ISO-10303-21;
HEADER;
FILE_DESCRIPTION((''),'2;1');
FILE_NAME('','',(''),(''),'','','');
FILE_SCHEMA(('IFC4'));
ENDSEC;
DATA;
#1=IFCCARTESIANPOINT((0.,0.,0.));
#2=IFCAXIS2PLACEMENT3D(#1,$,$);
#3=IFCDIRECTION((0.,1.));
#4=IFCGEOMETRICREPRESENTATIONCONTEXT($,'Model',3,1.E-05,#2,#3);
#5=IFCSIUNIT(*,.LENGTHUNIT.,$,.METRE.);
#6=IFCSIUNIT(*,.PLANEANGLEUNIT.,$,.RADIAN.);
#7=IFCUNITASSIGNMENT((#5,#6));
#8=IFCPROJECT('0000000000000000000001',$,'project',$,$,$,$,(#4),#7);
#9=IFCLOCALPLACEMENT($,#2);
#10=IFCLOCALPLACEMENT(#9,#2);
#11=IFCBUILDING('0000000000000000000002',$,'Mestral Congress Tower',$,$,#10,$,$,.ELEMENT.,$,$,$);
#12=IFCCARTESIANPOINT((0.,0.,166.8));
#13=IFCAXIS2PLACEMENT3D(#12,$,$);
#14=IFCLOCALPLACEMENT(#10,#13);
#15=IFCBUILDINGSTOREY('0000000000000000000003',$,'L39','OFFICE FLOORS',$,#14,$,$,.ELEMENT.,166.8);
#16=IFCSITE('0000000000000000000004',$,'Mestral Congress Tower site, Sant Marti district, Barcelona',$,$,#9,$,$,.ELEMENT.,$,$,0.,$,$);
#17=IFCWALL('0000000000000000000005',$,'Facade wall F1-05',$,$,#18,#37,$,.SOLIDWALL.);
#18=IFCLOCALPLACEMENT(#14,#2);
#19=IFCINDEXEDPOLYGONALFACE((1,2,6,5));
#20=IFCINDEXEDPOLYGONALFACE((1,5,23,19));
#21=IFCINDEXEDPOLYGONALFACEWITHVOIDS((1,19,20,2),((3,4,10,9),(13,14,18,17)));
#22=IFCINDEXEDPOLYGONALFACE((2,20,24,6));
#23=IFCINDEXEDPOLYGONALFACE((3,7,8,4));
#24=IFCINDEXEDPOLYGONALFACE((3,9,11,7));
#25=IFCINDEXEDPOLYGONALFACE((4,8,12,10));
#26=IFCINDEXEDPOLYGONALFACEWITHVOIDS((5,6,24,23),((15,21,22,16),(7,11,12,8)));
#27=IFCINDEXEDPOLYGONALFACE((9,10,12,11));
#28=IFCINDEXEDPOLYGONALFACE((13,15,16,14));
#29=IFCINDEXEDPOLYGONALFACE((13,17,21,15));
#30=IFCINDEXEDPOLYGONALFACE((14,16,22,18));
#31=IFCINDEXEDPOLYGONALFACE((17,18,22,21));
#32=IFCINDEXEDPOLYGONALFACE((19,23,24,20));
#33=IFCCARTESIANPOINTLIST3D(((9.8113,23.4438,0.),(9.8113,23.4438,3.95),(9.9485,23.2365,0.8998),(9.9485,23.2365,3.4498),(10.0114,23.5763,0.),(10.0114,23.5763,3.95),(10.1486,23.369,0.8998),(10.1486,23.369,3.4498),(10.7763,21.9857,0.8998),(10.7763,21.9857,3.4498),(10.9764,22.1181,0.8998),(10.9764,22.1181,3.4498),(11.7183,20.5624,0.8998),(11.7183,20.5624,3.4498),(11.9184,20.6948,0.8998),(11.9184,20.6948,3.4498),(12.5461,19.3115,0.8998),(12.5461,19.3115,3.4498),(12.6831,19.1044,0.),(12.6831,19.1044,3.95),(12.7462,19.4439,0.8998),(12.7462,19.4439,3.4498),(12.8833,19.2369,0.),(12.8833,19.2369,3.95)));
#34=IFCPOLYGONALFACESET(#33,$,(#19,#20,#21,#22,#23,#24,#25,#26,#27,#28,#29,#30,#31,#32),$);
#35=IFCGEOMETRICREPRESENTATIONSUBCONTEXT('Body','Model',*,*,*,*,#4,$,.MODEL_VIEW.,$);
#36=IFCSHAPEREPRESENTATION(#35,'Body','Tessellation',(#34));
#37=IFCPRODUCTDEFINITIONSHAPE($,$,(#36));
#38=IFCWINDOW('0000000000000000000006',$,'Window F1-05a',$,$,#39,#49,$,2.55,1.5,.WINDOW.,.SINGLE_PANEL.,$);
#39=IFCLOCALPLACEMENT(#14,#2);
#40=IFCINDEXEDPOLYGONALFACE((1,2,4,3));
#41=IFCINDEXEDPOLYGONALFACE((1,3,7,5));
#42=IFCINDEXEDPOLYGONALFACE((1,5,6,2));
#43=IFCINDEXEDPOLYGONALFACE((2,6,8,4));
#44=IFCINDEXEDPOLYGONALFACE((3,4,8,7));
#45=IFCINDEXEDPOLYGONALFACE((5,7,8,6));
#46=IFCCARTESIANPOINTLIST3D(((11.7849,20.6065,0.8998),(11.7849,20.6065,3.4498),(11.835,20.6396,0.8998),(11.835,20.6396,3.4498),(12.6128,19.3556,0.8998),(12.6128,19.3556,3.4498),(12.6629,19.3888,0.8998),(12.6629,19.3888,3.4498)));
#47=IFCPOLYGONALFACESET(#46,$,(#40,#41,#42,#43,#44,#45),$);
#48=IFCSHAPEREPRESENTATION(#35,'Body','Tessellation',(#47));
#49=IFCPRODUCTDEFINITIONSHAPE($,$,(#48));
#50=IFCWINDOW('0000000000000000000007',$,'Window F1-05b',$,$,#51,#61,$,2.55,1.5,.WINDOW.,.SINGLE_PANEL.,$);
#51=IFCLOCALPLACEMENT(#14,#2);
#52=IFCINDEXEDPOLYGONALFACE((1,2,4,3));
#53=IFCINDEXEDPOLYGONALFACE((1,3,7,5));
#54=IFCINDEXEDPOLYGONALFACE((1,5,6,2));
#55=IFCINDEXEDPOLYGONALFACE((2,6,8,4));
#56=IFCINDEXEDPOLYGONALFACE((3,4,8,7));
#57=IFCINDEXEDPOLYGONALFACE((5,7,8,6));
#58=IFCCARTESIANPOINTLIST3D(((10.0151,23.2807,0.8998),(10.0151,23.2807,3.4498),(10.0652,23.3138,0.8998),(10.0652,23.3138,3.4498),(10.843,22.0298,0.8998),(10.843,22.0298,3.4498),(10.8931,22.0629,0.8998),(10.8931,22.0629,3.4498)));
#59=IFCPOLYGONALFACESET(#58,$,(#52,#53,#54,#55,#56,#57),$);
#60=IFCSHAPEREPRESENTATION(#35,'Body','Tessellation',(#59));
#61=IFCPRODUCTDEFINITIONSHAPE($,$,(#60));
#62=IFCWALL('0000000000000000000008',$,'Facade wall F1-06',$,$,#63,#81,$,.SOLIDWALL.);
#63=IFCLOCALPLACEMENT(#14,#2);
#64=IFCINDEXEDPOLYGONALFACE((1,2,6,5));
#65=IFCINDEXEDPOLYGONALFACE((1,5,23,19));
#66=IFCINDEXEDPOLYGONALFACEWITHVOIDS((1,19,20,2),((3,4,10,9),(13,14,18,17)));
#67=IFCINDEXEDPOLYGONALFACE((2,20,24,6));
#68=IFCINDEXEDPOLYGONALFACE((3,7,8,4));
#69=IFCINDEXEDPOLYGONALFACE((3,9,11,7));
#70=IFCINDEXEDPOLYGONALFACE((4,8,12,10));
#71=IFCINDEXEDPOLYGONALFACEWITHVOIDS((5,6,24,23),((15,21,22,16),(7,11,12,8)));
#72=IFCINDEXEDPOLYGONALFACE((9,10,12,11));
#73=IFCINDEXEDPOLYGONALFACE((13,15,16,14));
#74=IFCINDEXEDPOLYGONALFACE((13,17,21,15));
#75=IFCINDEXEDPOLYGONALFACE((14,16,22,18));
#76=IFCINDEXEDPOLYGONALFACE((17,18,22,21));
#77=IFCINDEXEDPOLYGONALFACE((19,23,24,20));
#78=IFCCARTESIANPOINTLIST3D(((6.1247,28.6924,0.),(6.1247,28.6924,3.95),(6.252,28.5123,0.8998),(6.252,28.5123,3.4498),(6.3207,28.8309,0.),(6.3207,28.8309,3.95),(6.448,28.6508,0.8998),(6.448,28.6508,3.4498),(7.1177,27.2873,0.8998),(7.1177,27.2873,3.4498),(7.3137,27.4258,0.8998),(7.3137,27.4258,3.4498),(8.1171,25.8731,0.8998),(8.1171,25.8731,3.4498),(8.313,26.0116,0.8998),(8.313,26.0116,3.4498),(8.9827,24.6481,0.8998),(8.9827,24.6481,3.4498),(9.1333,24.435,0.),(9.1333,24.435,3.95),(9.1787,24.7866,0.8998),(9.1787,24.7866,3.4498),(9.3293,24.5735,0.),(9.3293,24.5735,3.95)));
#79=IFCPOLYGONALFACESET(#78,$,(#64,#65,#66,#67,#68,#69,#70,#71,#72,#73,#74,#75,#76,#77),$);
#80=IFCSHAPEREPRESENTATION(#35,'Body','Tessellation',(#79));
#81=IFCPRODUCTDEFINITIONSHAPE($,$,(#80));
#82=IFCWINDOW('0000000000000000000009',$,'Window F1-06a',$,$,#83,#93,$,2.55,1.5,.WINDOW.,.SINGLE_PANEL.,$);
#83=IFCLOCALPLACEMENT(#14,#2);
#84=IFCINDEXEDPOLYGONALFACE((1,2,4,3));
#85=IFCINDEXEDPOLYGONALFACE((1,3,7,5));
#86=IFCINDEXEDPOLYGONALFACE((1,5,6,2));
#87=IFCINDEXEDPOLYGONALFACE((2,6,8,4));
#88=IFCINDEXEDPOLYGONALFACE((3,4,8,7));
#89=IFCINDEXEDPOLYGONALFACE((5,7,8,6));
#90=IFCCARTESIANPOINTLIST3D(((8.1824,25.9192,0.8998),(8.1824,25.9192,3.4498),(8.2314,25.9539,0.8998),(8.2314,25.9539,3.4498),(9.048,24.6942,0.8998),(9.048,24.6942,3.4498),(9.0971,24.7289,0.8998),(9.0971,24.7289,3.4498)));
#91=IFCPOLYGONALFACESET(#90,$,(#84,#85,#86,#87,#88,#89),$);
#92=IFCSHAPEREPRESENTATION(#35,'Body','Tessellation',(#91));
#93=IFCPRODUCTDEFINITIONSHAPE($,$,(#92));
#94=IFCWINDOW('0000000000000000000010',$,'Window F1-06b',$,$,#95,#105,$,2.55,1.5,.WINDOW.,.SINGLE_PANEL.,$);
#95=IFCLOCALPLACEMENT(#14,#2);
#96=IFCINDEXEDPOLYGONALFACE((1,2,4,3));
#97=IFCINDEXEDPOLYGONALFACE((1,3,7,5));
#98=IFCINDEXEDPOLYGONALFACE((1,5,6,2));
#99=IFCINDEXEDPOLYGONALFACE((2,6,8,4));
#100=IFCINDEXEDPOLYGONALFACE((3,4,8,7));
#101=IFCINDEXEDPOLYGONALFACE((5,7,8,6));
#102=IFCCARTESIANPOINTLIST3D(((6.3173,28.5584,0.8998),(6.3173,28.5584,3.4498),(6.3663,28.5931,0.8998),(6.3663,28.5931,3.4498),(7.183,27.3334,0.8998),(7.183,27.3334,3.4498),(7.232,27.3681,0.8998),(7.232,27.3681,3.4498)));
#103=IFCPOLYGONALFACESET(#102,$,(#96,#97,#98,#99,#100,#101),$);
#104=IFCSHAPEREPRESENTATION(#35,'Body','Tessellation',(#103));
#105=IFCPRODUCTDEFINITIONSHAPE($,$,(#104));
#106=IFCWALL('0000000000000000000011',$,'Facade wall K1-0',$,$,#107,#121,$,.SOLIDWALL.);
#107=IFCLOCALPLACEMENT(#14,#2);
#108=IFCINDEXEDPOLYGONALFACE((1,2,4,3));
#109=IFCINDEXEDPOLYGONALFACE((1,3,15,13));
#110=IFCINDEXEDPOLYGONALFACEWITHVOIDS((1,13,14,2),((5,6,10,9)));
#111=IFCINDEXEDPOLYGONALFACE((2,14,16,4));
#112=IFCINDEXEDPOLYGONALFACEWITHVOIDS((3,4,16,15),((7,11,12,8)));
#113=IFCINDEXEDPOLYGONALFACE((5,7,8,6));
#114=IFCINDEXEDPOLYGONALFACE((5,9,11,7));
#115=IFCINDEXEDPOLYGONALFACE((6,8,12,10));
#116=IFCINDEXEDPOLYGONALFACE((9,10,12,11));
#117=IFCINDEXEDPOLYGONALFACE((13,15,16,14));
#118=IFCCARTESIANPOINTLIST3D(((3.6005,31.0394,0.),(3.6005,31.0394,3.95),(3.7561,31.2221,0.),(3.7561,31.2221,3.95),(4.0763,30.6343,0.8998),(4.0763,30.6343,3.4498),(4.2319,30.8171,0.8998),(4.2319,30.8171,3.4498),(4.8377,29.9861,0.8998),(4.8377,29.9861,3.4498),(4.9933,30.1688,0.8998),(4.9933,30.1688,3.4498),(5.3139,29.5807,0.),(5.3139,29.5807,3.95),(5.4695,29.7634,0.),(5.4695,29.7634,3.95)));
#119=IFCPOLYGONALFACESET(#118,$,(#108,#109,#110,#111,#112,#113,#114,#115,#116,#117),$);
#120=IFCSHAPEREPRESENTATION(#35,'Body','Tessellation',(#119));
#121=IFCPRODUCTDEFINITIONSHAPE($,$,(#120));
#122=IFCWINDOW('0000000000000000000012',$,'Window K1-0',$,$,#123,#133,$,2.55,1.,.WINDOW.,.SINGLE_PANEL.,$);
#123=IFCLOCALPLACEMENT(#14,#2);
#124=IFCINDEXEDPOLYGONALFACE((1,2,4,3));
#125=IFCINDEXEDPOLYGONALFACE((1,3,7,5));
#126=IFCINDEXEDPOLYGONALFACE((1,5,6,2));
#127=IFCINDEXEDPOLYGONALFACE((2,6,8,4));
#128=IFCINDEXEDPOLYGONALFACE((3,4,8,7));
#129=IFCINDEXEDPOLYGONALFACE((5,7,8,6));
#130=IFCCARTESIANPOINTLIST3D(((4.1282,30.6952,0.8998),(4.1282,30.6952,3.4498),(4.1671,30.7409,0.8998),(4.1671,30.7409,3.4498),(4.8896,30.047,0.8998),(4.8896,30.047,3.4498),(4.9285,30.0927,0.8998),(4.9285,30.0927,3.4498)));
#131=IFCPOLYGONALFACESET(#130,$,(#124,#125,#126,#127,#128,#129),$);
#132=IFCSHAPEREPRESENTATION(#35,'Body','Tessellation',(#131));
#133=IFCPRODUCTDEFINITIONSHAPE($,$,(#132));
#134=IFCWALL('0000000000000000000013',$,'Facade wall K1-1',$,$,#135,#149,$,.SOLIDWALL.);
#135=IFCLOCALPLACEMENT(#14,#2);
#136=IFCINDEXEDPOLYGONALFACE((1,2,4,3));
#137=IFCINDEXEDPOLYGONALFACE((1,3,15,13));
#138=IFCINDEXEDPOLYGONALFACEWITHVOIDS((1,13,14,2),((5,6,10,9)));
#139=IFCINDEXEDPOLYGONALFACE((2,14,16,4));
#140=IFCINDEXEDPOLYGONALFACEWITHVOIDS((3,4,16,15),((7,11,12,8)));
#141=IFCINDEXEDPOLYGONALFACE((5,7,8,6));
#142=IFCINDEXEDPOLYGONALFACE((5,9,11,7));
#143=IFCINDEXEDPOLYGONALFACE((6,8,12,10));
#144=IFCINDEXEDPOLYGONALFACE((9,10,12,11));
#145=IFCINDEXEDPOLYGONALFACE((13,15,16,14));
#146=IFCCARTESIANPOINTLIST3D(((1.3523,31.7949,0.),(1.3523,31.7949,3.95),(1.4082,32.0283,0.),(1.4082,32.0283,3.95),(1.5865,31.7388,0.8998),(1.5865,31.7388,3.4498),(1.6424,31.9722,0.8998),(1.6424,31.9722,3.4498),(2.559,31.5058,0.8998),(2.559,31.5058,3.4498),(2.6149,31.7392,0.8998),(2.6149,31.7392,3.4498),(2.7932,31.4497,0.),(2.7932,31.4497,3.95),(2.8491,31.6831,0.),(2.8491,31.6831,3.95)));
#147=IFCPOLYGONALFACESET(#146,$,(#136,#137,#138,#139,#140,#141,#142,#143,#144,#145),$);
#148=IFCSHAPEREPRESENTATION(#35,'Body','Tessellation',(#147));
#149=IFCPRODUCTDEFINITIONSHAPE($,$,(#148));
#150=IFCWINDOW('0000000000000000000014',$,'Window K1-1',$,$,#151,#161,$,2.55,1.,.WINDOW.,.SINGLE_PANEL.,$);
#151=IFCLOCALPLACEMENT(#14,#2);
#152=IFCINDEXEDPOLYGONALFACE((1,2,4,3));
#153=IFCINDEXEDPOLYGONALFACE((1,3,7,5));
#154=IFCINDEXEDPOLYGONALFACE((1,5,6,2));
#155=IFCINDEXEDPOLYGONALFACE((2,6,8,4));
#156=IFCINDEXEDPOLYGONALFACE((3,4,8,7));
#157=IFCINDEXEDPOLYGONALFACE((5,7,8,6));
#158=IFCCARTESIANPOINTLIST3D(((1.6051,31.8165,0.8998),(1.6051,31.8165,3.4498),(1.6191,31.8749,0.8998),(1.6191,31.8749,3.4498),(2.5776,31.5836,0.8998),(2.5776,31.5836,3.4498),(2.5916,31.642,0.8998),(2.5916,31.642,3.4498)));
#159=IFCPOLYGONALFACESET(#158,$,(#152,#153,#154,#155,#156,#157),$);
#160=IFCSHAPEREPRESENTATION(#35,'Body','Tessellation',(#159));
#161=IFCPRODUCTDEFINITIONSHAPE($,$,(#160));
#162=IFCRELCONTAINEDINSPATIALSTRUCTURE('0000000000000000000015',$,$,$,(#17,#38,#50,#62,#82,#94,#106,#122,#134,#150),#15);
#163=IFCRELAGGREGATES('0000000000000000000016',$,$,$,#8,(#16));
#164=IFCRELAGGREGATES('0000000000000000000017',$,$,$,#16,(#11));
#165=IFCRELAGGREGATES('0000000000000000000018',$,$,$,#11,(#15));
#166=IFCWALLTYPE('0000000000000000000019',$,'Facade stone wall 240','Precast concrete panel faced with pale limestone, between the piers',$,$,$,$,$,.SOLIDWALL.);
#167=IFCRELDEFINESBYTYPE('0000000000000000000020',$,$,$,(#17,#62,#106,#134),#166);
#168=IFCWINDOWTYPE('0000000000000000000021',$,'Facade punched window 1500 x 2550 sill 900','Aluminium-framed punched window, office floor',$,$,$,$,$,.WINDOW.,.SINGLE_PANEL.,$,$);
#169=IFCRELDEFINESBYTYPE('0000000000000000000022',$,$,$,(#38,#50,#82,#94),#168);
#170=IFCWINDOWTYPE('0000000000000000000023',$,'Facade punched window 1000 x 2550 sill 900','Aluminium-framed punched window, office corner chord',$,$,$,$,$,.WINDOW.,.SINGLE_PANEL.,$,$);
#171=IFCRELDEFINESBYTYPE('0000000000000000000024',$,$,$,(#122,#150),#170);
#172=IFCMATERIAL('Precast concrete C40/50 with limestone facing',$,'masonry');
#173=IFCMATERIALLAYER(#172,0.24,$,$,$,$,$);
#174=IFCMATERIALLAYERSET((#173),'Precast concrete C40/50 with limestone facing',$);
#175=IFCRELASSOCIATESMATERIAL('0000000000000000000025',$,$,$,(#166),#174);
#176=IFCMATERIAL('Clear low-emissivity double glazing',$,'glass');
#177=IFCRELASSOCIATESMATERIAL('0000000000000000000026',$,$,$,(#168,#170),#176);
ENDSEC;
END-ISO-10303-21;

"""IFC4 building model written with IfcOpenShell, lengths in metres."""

from ifc_helpers import new_model, si_unit, direction, frame, frame_2d, origin, place, context, subcontext, project, spatial, rectangle, extrude, material, layer, layer_set, type_object, element, fill, save


model = new_model("IFC4")

# Units and contexts
model_context = context("Model", 3, precision=1e-05, world=origin(), true_north=direction((0.0, 1.0)))
body_context = subcontext(model_context, "Body", "Model", "MODEL_VIEW")
ifc_project = project(units=[si_unit("LENGTHUNIT", "METRE"), si_unit("PLANEANGLEUNIT", "RADIAN")], contexts=[model_context])

# Site, building, storey
site_placement = place(None, origin())
site = spatial("IfcSite", under=ifc_project, at=site_placement, Name="Mestral Congress Tower site, Sant Marti district, Barcelona", CompositionType="ELEMENT", RefElevation=0.0)
building_placement = place(site_placement, origin())
building = spatial("IfcBuilding", under=site, at=building_placement, Name="Mestral Congress Tower", CompositionType="ELEMENT")
storey_placement = place(building_placement, frame((0.0, 0.0, 166.8)))
storey = spatial("IfcBuildingStorey", under=building, at=storey_placement, Name="L39", Description="OFFICE FLOORS", CompositionType="ELEMENT", Elevation=166.8)

# Walls, openings, windows
ifc_material_1 = material(Name="Precast concrete C40/50 with limestone facing", Category="masonry")
ifc_layer_1 = layer(ifc_material_1, 0.24)
ifc_layer_set_1 = layer_set([ifc_layer_1], Name="Precast concrete C40/50 with limestone facing")
wall_type_1 = type_object("IfcWallType", Name="Facade stone wall 240", Description="Precast concrete panel faced with pale limestone, between the piers", PredefinedType="SOLIDWALL", material=ifc_layer_set_1)
wall_1_placement = place(storey_placement, frame((12.7832, 19.1707, 0.0), z_axis=(0.0, 0.0, 1.0), x_axis=(-0.551893, 0.833915, 0.0)))
wall_1 = element("IfcWall", 1, at=wall_1_placement, inside=storey, type_object=wall_type_1, Name="Facade wall F1-05", PredefinedType="SOLIDWALL", context=body_context, shape_type="SweptSolid", body=[
    extrude(rectangle(XDim=5.2036, YDim=0.24, at=frame_2d((2.6018, 0.0))), origin(), (0.0, 0.0, 1.0), 3.95),
])
opening_1_placement = place(wall_1_placement, frame((0.2483, 0.0, 0.8999)))
opening_1 = element("IfcOpeningElement", 2, at=opening_1_placement, cuts=wall_1, PredefinedType="OPENING", context=body_context, shape_type="SweptSolid", body=[
    extrude(rectangle(XDim=1.5, YDim=2.55, at=frame_2d((0.75, 1.2749))), frame((0.0, 0.1299, 0.0), z_axis=(0.0, -1.0, 0.0), x_axis=(1.0, 0.0, 0.0)), (0.0, 0.0, 1.0), 0.26),
])
opening_2_placement = place(wall_1_placement, frame((3.4551, 0.0, 0.8999)))
opening_2 = element("IfcOpeningElement", 3, at=opening_2_placement, cuts=wall_1, PredefinedType="OPENING", context=body_context, shape_type="SweptSolid", body=[
    extrude(rectangle(XDim=1.5, YDim=2.55, at=frame_2d((0.75, 1.2749))), frame((0.0, 0.1299, 0.0), z_axis=(0.0, -1.0, 0.0), x_axis=(1.0, 0.0, 0.0)), (0.0, 0.0, 1.0), 0.26),
])
ifc_material_2 = material(Name="Clear low-emissivity double glazing", Category="glass")
window_type_1 = type_object("IfcWindowType", Name="Facade punched window 1500 x 2550 sill 900", Description="Aluminium-framed punched window, office floor", PartitioningType="SINGLE_PANEL", PredefinedType="WINDOW", material=ifc_material_2)
window_1_placement = place(opening_1_placement, origin())
window_1 = element("IfcWindow", 4, at=window_1_placement, inside=storey, type_object=window_type_1, Name="Window F1-05a", OverallHeight=2.55, OverallWidth=1.5, PartitioningType="SINGLE_PANEL", PredefinedType="WINDOW", context=body_context, shape_type="SweptSolid", body=[
    extrude(rectangle(XDim=1.5, YDim=2.55, at=frame_2d((0.75, 1.2749))), frame((0.0, 0.04, 0.0), z_axis=(0.0, -1.0, 0.0), x_axis=(1.0, 0.0, 0.0)), (0.0, 0.0, 1.0), 0.0601),
])
fill(opening_1, window_1)
window_2_placement = place(opening_2_placement, origin())
window_2 = element("IfcWindow", 5, at=window_2_placement, inside=storey, type_object=window_type_1, Name="Window F1-05b", OverallHeight=2.55, OverallWidth=1.5, PartitioningType="SINGLE_PANEL", PredefinedType="WINDOW", context=body_context, shape_type="SweptSolid", body=[
    extrude(rectangle(XDim=1.5, YDim=2.55, at=frame_2d((0.75, 1.2749))), frame((0.0, 0.04, 0.0), z_axis=(0.0, -1.0, 0.0), x_axis=(1.0, 0.0, 0.0)), (0.0, 0.0, 1.0), 0.0601),
])
fill(opening_2, window_2)
wall_2_placement = place(storey_placement, frame((9.2312, 24.5044, 0.0), z_axis=(0.0, 0.0, 1.0), x_axis=(-0.577115, 0.816663, 0.0)))
wall_2 = element("IfcWall", 6, at=wall_2_placement, inside=storey, type_object=wall_type_1, Name="Facade wall F1-06", PredefinedType="SOLIDWALL", context=body_context, shape_type="SweptSolid", body=[
    extrude(rectangle(XDim=5.2131, YDim=0.24, at=frame_2d((2.6064, 0.0))), origin(), (0.0, 0.0, 1.0), 3.95),
])
opening_3_placement = place(wall_2_placement, frame((0.2607, 0.0, 0.8999)))
opening_3 = element("IfcOpeningElement", 7, at=opening_3_placement, cuts=wall_2, PredefinedType="OPENING", context=body_context, shape_type="SweptSolid", body=[
    extrude(rectangle(XDim=1.5, YDim=2.55, at=frame_2d((0.75, 1.2749))), frame((0.0, 0.1299, 0.0), z_axis=(0.0, -1.0, 0.0), x_axis=(1.0, 0.0, 0.0)), (0.0, 0.0, 1.0), 0.26),
])
opening_4_placement = place(wall_2_placement, frame((3.4924, 0.0, 0.8999)))
opening_4 = element("IfcOpeningElement", 8, at=opening_4_placement, cuts=wall_2, PredefinedType="OPENING", context=body_context, shape_type="SweptSolid", body=[
    extrude(rectangle(XDim=1.5, YDim=2.55, at=frame_2d((0.75, 1.2749))), frame((0.0, 0.1299, 0.0), z_axis=(0.0, -1.0, 0.0), x_axis=(1.0, 0.0, 0.0)), (0.0, 0.0, 1.0), 0.26),
])
window_3_placement = place(opening_3_placement, origin())
window_3 = element("IfcWindow", 9, at=window_3_placement, inside=storey, type_object=window_type_1, Name="Window F1-06a", OverallHeight=2.55, OverallWidth=1.5, PartitioningType="SINGLE_PANEL", PredefinedType="WINDOW", context=body_context, shape_type="SweptSolid", body=[
    extrude(rectangle(XDim=1.5, YDim=2.55, at=frame_2d((0.75, 1.2749))), frame((0.0, 0.04, 0.0), z_axis=(0.0, -1.0, 0.0), x_axis=(1.0, 0.0, 0.0)), (0.0, 0.0, 1.0), 0.0601),
])
fill(opening_3, window_3)
window_4_placement = place(opening_4_placement, origin())
window_4 = element("IfcWindow", 10, at=window_4_placement, inside=storey, type_object=window_type_1, Name="Window F1-06b", OverallHeight=2.55, OverallWidth=1.5, PartitioningType="SINGLE_PANEL", PredefinedType="WINDOW", context=body_context, shape_type="SweptSolid", body=[
    extrude(rectangle(XDim=1.5, YDim=2.55, at=frame_2d((0.75, 1.2749))), frame((0.0, 0.04, 0.0), z_axis=(0.0, -1.0, 0.0), x_axis=(1.0, 0.0, 0.0)), (0.0, 0.0, 1.0), 0.0601),
])
fill(opening_4, window_4)

# Walls, openings, windows
wall_3_placement = place(storey_placement, frame((5.3916, 29.6721, 0.0), z_axis=(0.0, 0.0, 1.0), x_axis=(-0.76142, 0.648259, 0.0)))
wall_3 = element("IfcWall", 11, at=wall_3_placement, inside=storey, type_object=wall_type_1, Name="Facade wall K1-0", PredefinedType="SOLIDWALL", context=body_context, shape_type="SweptSolid", body=[
    extrude(rectangle(XDim=2.2502, YDim=0.24, at=frame_2d((1.125, 0.0))), origin(), (0.0, 0.0, 1.0), 3.95),
])
opening_5_placement = place(wall_3_placement, frame((0.6252, 0.0, 0.8999)))
opening_5 = element("IfcOpeningElement", 12, at=opening_5_placement, cuts=wall_3, PredefinedType="OPENING", context=body_context, shape_type="SweptSolid", body=[
    extrude(rectangle(XDim=1.0, YDim=2.55, at=frame_2d((0.5, 1.2749))), frame((0.0, 0.1299, 0.0), z_axis=(0.0, -1.0, 0.0), x_axis=(1.0, 0.0, 0.0)), (0.0, 0.0, 1.0), 0.26),
])
window_type_2 = type_object("IfcWindowType", Name="Facade punched window 1000 x 2550 sill 900", Description="Aluminium-framed punched window, office corner chord", PartitioningType="SINGLE_PANEL", PredefinedType="WINDOW", material=ifc_material_2)
window_5_placement = place(opening_5_placement, origin())
window_5 = element("IfcWindow", 13, at=window_5_placement, inside=storey, type_object=window_type_2, Name="Window K1-0", OverallHeight=2.55, OverallWidth=1.0, PartitioningType="SINGLE_PANEL", PredefinedType="WINDOW", context=body_context, shape_type="SweptSolid", body=[
    extrude(rectangle(XDim=1.0, YDim=2.55, at=frame_2d((0.5, 1.2749))), frame((0.0, 0.04, 0.0), z_axis=(0.0, -1.0, 0.0), x_axis=(1.0, 0.0, 0.0)), (0.0, 0.0, 1.0), 0.0601),
])
fill(opening_5, window_5)
wall_4_placement = place(storey_placement, frame((2.821, 31.5664, 0.0), z_axis=(0.0, 0.0, 1.0), x_axis=(-0.97248, 0.232987, 0.0)))
wall_4 = element("IfcWall", 14, at=wall_4_placement, inside=storey, type_object=wall_type_1, Name="Facade wall K1-1", PredefinedType="SOLIDWALL", context=body_context, shape_type="SweptSolid", body=[
    extrude(rectangle(XDim=1.4817, YDim=0.24, at=frame_2d((0.7407, 0.0))), origin(), (0.0, 0.0, 1.0), 3.95),
])
opening_6_placement = place(wall_4_placement, frame((0.2407, 0.0, 0.8999)))
opening_6 = element("IfcOpeningElement", 15, at=opening_6_placement, cuts=wall_4, PredefinedType="OPENING", context=body_context, shape_type="SweptSolid", body=[
    extrude(rectangle(XDim=1.0, YDim=2.55, at=frame_2d((0.5, 1.2749))), frame((0.0, 0.1299, 0.0), z_axis=(0.0, -1.0, 0.0), x_axis=(1.0, 0.0, 0.0)), (0.0, 0.0, 1.0), 0.26),
])
window_6_placement = place(opening_6_placement, origin())
window_6 = element("IfcWindow", 16, at=window_6_placement, inside=storey, type_object=window_type_2, Name="Window K1-1", OverallHeight=2.55, OverallWidth=1.0, PartitioningType="SINGLE_PANEL", PredefinedType="WINDOW", context=body_context, shape_type="SweptSolid", body=[
    extrude(rectangle(XDim=1.0, YDim=2.55, at=frame_2d((0.5, 1.2749))), frame((0.0, 0.04, 0.0), z_axis=(0.0, -1.0, 0.0), x_axis=(1.0, 0.0, 0.0)), (0.0, 0.0, 1.0), 0.0601),
])
fill(opening_6, window_6)

save(model, "model.ifc")
